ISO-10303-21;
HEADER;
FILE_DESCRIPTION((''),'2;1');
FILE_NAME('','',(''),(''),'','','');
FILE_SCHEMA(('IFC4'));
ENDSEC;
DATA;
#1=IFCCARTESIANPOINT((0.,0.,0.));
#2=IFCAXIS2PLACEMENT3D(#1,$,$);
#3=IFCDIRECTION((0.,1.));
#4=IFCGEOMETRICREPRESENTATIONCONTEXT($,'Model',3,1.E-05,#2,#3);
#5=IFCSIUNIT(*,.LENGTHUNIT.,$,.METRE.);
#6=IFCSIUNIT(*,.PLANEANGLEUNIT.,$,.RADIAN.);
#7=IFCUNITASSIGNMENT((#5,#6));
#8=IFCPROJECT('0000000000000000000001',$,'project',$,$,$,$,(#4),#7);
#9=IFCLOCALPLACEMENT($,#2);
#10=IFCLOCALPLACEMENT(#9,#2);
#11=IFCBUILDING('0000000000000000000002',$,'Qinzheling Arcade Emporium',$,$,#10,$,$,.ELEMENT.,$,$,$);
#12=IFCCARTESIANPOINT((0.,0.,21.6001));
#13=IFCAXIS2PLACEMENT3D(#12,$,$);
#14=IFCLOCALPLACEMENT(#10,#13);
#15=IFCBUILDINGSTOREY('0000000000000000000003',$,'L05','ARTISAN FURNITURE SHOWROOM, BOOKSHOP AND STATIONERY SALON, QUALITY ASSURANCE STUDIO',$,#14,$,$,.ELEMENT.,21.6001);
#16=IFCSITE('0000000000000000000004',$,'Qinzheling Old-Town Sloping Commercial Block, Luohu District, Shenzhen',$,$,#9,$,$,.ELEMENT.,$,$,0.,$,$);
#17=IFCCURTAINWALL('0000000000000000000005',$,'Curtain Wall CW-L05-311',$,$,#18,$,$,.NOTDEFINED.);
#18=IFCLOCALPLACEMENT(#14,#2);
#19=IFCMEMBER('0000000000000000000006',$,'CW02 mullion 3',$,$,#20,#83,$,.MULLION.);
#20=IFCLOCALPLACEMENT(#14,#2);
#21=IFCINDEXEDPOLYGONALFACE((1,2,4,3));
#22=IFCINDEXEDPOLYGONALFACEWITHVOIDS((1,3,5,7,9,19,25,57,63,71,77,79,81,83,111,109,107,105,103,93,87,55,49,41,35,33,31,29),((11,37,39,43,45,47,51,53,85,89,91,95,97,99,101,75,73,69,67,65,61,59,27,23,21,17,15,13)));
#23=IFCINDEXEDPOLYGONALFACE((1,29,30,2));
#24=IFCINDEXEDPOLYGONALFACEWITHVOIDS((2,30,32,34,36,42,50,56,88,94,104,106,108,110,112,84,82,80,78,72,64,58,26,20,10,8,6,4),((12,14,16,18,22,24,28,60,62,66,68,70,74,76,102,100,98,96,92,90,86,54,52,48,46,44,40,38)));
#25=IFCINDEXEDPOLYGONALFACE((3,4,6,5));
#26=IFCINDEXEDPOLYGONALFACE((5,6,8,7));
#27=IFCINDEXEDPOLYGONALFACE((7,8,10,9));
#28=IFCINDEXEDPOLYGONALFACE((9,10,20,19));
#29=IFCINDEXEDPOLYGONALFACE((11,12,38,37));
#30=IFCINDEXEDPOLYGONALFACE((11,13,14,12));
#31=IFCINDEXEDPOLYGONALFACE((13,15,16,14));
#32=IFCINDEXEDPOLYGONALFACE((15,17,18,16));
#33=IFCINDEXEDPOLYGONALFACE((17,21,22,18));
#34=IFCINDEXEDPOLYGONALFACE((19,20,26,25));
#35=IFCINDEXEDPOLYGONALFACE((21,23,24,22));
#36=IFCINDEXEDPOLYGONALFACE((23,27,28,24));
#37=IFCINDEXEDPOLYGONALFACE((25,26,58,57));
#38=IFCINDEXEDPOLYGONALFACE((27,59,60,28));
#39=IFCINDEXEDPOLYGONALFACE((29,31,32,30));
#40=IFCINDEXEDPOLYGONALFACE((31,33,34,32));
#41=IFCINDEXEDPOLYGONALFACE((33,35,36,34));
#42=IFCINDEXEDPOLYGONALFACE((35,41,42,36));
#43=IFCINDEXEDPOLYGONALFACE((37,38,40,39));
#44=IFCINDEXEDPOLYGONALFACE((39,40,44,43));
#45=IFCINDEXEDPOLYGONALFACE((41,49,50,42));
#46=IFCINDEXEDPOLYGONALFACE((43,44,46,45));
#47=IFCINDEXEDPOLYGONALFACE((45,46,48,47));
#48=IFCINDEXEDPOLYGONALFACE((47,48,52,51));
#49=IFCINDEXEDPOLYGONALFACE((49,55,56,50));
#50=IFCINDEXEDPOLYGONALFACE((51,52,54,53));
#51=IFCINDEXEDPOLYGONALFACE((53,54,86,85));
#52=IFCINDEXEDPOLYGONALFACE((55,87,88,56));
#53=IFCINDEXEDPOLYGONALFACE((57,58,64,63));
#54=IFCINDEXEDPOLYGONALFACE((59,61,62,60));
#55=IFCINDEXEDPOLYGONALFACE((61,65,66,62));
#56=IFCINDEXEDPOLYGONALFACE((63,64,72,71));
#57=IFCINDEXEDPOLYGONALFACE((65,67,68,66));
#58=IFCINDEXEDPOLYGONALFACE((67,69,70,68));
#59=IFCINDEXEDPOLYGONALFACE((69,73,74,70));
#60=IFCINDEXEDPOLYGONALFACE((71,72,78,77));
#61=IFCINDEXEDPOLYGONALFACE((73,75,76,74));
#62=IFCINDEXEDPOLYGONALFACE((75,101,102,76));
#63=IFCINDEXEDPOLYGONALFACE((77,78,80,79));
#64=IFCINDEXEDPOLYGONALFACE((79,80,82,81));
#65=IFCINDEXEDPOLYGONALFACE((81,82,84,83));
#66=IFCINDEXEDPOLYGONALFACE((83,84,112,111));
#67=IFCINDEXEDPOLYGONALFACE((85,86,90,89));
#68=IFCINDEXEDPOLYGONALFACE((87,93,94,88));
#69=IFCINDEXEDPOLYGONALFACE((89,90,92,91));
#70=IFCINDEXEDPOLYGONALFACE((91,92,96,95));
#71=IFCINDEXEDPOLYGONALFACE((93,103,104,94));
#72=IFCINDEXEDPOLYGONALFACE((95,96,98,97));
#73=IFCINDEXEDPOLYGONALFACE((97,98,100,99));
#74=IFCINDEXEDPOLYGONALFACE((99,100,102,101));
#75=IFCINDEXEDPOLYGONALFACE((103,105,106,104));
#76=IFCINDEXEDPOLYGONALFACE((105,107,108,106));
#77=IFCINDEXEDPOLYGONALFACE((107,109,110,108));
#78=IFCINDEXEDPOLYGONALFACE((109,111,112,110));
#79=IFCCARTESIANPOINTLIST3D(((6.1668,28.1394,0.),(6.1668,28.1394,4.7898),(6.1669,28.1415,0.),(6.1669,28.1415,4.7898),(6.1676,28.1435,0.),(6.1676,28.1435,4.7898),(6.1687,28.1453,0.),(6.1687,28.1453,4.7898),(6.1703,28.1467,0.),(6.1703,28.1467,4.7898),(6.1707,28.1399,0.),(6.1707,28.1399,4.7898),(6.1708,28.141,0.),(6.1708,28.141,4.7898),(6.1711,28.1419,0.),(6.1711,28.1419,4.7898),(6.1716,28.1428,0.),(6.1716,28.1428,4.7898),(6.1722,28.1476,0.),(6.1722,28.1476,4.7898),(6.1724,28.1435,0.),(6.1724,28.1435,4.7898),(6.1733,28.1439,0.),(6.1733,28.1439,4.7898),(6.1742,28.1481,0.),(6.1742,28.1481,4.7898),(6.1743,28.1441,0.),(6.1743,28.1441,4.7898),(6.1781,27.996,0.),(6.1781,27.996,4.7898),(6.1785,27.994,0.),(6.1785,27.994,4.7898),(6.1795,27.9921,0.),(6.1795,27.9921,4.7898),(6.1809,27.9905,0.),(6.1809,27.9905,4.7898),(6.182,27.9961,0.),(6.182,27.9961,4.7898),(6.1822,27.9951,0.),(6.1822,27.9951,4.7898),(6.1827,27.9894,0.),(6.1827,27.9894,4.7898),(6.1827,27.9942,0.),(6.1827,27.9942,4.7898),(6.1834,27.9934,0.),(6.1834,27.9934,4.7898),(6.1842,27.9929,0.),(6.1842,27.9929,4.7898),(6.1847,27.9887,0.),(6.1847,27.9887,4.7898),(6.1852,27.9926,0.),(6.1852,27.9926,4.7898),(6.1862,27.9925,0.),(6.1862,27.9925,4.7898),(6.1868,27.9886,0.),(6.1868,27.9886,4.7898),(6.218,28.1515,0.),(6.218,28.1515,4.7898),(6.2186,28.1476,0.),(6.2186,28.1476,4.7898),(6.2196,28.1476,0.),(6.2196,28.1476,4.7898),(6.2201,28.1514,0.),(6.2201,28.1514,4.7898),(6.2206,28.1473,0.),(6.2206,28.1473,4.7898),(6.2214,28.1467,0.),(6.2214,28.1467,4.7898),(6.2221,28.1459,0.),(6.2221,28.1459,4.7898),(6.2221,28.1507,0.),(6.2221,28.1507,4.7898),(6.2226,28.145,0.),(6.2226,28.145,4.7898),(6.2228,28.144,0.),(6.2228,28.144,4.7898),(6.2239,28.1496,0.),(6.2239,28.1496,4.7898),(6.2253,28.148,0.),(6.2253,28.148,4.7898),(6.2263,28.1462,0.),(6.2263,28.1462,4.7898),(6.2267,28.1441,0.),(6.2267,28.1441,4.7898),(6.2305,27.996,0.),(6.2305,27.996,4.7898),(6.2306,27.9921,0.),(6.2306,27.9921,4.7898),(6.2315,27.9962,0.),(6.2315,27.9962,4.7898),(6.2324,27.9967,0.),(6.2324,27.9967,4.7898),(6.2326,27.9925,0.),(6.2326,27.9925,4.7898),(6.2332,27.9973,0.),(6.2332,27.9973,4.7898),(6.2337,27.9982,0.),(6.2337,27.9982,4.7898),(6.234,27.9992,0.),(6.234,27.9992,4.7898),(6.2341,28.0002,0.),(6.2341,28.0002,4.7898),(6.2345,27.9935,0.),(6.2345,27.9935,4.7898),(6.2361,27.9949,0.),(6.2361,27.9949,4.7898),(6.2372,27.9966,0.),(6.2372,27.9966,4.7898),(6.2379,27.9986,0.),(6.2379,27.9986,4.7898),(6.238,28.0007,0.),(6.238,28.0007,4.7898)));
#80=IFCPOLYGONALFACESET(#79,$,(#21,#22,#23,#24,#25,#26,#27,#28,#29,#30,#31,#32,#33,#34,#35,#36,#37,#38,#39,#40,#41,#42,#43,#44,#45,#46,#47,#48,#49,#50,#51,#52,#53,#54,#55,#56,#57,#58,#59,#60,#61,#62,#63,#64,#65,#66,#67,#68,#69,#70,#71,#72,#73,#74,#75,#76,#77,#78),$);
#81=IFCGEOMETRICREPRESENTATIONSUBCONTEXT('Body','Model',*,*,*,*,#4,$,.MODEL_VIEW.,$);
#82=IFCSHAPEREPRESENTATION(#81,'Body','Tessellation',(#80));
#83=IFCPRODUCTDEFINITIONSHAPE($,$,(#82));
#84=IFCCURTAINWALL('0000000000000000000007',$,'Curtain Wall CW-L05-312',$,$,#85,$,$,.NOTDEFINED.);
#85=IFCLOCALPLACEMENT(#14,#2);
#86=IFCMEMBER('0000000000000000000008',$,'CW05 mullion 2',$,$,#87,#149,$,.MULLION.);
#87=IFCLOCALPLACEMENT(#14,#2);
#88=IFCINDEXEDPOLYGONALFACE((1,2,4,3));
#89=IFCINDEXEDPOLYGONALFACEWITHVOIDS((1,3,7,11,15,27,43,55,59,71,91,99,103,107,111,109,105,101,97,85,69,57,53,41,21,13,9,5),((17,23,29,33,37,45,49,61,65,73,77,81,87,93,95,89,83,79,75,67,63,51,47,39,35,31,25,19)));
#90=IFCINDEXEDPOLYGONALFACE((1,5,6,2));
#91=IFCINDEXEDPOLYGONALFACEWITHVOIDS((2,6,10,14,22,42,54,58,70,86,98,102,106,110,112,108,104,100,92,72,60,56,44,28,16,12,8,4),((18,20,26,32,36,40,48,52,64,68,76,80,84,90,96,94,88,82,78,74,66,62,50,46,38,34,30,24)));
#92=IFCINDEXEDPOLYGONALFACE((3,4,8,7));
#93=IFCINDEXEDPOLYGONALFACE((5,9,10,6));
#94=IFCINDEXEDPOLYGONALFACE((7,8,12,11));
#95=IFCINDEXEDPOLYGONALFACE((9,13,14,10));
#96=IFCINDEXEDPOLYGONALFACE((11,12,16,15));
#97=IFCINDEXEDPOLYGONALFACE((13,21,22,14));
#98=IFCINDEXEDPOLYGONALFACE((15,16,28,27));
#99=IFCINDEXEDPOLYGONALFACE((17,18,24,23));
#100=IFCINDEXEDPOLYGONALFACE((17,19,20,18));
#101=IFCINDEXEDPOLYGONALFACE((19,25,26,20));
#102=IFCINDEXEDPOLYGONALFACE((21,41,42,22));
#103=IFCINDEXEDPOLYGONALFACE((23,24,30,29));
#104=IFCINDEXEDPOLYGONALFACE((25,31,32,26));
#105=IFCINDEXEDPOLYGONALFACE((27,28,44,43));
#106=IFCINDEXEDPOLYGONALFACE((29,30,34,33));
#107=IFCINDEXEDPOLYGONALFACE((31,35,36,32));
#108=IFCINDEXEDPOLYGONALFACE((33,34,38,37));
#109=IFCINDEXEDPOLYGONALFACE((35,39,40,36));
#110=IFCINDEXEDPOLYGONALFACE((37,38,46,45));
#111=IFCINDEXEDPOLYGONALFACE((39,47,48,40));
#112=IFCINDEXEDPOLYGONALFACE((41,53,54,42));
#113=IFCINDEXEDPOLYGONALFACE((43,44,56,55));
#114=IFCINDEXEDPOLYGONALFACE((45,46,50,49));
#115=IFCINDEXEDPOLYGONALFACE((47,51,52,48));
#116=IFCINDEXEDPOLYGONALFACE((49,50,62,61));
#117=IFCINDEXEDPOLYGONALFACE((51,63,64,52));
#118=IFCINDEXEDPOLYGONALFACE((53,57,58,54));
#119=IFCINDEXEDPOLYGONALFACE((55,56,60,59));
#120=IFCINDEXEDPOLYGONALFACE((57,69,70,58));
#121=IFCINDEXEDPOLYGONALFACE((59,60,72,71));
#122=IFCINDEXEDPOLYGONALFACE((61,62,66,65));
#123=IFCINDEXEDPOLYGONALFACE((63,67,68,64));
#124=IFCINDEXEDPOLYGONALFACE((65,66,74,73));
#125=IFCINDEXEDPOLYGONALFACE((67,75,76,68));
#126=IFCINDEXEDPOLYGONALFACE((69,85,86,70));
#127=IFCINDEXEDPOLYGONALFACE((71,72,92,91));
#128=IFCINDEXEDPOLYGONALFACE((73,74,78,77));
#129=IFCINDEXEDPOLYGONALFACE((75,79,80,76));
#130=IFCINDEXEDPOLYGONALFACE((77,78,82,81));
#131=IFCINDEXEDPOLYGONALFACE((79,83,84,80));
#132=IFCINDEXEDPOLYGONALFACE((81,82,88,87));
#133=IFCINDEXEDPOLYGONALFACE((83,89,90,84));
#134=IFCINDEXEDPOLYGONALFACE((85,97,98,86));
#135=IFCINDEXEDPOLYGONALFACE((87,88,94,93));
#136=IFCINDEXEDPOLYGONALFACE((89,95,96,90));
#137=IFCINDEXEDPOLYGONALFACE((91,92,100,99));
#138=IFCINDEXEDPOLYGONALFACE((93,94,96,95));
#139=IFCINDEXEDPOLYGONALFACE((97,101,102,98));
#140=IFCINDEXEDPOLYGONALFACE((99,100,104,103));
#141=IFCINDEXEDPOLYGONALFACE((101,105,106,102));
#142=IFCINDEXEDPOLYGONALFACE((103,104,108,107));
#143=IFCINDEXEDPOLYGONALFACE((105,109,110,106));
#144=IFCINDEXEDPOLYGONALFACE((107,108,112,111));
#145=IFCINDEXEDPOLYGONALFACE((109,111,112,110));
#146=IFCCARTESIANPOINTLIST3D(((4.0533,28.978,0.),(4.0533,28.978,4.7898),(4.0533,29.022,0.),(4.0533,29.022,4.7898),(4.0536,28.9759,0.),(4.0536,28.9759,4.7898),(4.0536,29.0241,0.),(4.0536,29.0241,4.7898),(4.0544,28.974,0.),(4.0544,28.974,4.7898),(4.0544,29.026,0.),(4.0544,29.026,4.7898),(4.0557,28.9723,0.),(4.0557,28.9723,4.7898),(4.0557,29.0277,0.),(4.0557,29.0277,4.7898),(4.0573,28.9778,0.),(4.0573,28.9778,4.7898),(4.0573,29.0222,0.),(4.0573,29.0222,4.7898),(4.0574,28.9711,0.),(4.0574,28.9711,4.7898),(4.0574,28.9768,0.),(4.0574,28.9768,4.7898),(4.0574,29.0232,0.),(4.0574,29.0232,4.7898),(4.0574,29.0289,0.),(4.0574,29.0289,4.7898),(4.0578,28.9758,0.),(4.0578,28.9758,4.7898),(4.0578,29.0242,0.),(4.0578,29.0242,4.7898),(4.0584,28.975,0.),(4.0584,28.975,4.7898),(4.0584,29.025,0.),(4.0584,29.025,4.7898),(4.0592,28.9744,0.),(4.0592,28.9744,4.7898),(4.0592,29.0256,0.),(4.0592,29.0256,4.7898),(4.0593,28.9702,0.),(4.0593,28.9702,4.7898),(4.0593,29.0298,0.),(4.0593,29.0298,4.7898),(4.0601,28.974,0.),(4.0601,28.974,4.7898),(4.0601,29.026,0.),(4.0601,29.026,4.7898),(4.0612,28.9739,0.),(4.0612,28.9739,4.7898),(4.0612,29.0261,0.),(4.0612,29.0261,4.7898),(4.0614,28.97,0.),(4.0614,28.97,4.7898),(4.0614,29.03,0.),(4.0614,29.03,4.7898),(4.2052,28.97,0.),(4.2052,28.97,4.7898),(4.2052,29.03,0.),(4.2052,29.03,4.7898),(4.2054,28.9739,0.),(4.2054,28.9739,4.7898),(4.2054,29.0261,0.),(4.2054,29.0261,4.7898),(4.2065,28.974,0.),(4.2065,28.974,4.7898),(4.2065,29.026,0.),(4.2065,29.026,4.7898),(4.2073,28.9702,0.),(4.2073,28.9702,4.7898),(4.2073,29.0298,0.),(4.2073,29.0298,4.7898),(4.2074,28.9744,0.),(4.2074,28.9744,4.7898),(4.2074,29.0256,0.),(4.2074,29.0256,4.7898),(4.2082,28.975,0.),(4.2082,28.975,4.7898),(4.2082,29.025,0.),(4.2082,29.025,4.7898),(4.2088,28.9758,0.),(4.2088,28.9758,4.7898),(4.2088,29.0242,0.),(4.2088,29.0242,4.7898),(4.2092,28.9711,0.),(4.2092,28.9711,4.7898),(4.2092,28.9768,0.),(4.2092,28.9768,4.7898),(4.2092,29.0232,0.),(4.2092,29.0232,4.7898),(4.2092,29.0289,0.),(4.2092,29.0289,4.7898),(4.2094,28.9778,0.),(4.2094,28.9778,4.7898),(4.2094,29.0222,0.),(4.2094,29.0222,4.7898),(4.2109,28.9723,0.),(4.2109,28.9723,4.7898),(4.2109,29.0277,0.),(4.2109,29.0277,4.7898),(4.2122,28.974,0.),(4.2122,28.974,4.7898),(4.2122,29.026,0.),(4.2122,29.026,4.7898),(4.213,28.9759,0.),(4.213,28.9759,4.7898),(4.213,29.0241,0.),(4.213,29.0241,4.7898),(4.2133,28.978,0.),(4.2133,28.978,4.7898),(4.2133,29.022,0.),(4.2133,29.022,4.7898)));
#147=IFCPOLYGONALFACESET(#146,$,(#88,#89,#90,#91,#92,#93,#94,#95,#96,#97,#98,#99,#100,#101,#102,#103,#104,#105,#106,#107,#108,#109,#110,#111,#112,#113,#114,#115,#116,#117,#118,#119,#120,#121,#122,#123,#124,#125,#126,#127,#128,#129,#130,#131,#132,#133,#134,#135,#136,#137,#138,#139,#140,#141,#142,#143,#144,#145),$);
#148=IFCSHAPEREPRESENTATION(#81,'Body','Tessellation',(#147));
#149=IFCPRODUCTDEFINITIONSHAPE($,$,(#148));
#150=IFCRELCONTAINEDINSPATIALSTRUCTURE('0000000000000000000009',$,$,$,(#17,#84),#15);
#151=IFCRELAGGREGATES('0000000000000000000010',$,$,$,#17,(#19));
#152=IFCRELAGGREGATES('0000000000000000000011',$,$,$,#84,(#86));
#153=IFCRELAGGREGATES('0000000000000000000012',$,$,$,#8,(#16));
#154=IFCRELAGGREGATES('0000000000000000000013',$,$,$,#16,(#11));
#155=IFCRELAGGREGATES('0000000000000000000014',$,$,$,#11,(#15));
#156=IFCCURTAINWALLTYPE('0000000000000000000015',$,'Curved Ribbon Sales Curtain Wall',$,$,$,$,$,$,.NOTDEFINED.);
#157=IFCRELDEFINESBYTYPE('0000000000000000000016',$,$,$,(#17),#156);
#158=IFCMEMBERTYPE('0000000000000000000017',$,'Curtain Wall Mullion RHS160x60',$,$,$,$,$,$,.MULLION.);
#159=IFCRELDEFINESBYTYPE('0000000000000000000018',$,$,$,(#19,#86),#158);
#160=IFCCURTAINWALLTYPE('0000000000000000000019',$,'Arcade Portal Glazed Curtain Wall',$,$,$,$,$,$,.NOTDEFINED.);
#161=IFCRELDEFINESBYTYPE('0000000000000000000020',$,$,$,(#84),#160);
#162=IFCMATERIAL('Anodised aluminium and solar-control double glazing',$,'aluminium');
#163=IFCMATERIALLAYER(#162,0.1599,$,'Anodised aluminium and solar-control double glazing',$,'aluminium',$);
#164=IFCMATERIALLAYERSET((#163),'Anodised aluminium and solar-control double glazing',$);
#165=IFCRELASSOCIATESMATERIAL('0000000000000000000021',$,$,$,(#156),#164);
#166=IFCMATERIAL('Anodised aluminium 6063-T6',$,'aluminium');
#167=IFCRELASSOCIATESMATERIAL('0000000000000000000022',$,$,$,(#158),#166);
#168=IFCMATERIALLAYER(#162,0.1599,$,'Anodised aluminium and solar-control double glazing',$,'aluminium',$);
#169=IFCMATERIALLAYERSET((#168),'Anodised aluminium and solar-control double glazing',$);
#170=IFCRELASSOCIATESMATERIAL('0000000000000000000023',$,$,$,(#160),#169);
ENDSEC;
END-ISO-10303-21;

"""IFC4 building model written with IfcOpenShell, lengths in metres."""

from ifc_helpers import new_model, si_unit, direction, frame, origin, origin_2d, place, context, subcontext, project, spatial, hollow_rectangle, extrude, material, layer, layer_set, material_profile, profile_set, type_object, element, aggregate, save


model = new_model("IFC4")

# Units and contexts
model_context = context("Model", 3, precision=1e-05, world=origin(), true_north=direction((0.0, 1.0)))
body_context = subcontext(model_context, "Body", "Model", "MODEL_VIEW")
ifc_project = project(units=[si_unit("LENGTHUNIT", "METRE"), si_unit("PLANEANGLEUNIT", "RADIAN")], contexts=[model_context])

# Site, building, storey
site_placement = place(None, origin())
site = spatial("IfcSite", under=ifc_project, at=site_placement, Name="Qinzheling Old-Town Sloping Commercial Block, Luohu District, Shenzhen", CompositionType="ELEMENT", RefElevation=0.0)
building_placement = place(site_placement, origin())
building = spatial("IfcBuilding", under=site, at=building_placement, Name="Qinzheling Arcade Emporium", CompositionType="ELEMENT")
storey_placement = place(building_placement, frame((0.0, 0.0, 21.6001)))
storey = spatial("IfcBuildingStorey", under=building, at=storey_placement, Name="L05", Description="ARTISAN FURNITURE SHOWROOM, BOOKSHOP AND STATIONERY SALON, QUALITY ASSURANCE STUDIO", CompositionType="ELEMENT", Elevation=21.6001)

# Curtain wall, member
ifc_material_1 = material(Name="Anodised aluminium and solar-control double glazing", Category="aluminium")
ifc_layer_1 = layer(ifc_material_1, 0.1599, Name="Anodised aluminium and solar-control double glazing", Category="aluminium")
ifc_layer_set_1 = layer_set([ifc_layer_1], Name="Anodised aluminium and solar-control double glazing")
curtain_wall_type_1 = type_object("IfcCurtainWallType", Name="Curved Ribbon Sales Curtain Wall", PredefinedType="NOTDEFINED", material=ifc_layer_set_1)
curtain_wall_1_placement = place(storey_placement, origin())
curtain_wall_1 = element("IfcCurtainWall", 1, at=curtain_wall_1_placement, inside=storey, type_object=curtain_wall_type_1, Name="Curtain Wall CW-L05-311", PredefinedType="NOTDEFINED")
ifc_material_2 = material(Name="Anodised aluminium 6063-T6", Category="aluminium")
ifc_material_profile_1 = material_profile(ifc_material_2, hollow_rectangle(XDim=0.0601, YDim=0.1599, WallThickness=0.0039, InnerFilletRadius=0.0039, OuterFilletRadius=0.0081, at=origin_2d()), Name="RHS 160x60x4", Category="aluminium")
ifc_profile_set_1 = profile_set([ifc_material_profile_1], Name="Anodised aluminium 6063-T6")
member_type_1 = type_object("IfcMemberType", Name="Curtain Wall Mullion RHS160x60", PredefinedType="MULLION", material=ifc_profile_set_1)
member_1_placement = place(storey_placement, frame((6.2024, 28.0701, 0.0), z_axis=(0.0, 0.0, 1.0), x_axis=(-0.996927, -0.078337, 0.0)))
member_1 = element("IfcMember", 2, at=member_1_placement, type_object=member_type_1, Name="CW02 mullion 3", PredefinedType="MULLION", context=body_context, shape_type="SweptSolid", body=[
    extrude(hollow_rectangle(XDim=0.0601, YDim=0.1599, WallThickness=0.0039, InnerFilletRadius=0.0039, OuterFilletRadius=0.0081, at=origin_2d()), origin(), (0.0, 0.0, 1.0), 4.7898),
])

# Curtain wall, member
ifc_layer_2 = layer(ifc_material_1, 0.1599, Name="Anodised aluminium and solar-control double glazing", Category="aluminium")
ifc_layer_set_2 = layer_set([ifc_layer_2], Name="Anodised aluminium and solar-control double glazing")
curtain_wall_type_2 = type_object("IfcCurtainWallType", Name="Arcade Portal Glazed Curtain Wall", PredefinedType="NOTDEFINED", material=ifc_layer_set_2)
curtain_wall_2_placement = place(storey_placement, origin())
curtain_wall_2 = element("IfcCurtainWall", 3, at=curtain_wall_2_placement, inside=storey, type_object=curtain_wall_type_2, Name="Curtain Wall CW-L05-312", PredefinedType="NOTDEFINED")
member_2_placement = place(storey_placement, frame((4.1333, 29.0, 0.0), z_axis=(0.0, 0.0, 1.0), x_axis=(0.0, -1.0, 0.0)))
member_2 = element("IfcMember", 4, at=member_2_placement, type_object=member_type_1, Name="CW05 mullion 2", PredefinedType="MULLION", context=body_context, shape_type="SweptSolid", body=[
    extrude(hollow_rectangle(XDim=0.0601, YDim=0.1599, WallThickness=0.0039, InnerFilletRadius=0.0039, OuterFilletRadius=0.0081, at=origin_2d()), origin(), (0.0, 0.0, 1.0), 4.7898),
])

aggregate(curtain_wall_1, [member_1])
aggregate(curtain_wall_2, [member_2])

save(model, "model.ifc")
